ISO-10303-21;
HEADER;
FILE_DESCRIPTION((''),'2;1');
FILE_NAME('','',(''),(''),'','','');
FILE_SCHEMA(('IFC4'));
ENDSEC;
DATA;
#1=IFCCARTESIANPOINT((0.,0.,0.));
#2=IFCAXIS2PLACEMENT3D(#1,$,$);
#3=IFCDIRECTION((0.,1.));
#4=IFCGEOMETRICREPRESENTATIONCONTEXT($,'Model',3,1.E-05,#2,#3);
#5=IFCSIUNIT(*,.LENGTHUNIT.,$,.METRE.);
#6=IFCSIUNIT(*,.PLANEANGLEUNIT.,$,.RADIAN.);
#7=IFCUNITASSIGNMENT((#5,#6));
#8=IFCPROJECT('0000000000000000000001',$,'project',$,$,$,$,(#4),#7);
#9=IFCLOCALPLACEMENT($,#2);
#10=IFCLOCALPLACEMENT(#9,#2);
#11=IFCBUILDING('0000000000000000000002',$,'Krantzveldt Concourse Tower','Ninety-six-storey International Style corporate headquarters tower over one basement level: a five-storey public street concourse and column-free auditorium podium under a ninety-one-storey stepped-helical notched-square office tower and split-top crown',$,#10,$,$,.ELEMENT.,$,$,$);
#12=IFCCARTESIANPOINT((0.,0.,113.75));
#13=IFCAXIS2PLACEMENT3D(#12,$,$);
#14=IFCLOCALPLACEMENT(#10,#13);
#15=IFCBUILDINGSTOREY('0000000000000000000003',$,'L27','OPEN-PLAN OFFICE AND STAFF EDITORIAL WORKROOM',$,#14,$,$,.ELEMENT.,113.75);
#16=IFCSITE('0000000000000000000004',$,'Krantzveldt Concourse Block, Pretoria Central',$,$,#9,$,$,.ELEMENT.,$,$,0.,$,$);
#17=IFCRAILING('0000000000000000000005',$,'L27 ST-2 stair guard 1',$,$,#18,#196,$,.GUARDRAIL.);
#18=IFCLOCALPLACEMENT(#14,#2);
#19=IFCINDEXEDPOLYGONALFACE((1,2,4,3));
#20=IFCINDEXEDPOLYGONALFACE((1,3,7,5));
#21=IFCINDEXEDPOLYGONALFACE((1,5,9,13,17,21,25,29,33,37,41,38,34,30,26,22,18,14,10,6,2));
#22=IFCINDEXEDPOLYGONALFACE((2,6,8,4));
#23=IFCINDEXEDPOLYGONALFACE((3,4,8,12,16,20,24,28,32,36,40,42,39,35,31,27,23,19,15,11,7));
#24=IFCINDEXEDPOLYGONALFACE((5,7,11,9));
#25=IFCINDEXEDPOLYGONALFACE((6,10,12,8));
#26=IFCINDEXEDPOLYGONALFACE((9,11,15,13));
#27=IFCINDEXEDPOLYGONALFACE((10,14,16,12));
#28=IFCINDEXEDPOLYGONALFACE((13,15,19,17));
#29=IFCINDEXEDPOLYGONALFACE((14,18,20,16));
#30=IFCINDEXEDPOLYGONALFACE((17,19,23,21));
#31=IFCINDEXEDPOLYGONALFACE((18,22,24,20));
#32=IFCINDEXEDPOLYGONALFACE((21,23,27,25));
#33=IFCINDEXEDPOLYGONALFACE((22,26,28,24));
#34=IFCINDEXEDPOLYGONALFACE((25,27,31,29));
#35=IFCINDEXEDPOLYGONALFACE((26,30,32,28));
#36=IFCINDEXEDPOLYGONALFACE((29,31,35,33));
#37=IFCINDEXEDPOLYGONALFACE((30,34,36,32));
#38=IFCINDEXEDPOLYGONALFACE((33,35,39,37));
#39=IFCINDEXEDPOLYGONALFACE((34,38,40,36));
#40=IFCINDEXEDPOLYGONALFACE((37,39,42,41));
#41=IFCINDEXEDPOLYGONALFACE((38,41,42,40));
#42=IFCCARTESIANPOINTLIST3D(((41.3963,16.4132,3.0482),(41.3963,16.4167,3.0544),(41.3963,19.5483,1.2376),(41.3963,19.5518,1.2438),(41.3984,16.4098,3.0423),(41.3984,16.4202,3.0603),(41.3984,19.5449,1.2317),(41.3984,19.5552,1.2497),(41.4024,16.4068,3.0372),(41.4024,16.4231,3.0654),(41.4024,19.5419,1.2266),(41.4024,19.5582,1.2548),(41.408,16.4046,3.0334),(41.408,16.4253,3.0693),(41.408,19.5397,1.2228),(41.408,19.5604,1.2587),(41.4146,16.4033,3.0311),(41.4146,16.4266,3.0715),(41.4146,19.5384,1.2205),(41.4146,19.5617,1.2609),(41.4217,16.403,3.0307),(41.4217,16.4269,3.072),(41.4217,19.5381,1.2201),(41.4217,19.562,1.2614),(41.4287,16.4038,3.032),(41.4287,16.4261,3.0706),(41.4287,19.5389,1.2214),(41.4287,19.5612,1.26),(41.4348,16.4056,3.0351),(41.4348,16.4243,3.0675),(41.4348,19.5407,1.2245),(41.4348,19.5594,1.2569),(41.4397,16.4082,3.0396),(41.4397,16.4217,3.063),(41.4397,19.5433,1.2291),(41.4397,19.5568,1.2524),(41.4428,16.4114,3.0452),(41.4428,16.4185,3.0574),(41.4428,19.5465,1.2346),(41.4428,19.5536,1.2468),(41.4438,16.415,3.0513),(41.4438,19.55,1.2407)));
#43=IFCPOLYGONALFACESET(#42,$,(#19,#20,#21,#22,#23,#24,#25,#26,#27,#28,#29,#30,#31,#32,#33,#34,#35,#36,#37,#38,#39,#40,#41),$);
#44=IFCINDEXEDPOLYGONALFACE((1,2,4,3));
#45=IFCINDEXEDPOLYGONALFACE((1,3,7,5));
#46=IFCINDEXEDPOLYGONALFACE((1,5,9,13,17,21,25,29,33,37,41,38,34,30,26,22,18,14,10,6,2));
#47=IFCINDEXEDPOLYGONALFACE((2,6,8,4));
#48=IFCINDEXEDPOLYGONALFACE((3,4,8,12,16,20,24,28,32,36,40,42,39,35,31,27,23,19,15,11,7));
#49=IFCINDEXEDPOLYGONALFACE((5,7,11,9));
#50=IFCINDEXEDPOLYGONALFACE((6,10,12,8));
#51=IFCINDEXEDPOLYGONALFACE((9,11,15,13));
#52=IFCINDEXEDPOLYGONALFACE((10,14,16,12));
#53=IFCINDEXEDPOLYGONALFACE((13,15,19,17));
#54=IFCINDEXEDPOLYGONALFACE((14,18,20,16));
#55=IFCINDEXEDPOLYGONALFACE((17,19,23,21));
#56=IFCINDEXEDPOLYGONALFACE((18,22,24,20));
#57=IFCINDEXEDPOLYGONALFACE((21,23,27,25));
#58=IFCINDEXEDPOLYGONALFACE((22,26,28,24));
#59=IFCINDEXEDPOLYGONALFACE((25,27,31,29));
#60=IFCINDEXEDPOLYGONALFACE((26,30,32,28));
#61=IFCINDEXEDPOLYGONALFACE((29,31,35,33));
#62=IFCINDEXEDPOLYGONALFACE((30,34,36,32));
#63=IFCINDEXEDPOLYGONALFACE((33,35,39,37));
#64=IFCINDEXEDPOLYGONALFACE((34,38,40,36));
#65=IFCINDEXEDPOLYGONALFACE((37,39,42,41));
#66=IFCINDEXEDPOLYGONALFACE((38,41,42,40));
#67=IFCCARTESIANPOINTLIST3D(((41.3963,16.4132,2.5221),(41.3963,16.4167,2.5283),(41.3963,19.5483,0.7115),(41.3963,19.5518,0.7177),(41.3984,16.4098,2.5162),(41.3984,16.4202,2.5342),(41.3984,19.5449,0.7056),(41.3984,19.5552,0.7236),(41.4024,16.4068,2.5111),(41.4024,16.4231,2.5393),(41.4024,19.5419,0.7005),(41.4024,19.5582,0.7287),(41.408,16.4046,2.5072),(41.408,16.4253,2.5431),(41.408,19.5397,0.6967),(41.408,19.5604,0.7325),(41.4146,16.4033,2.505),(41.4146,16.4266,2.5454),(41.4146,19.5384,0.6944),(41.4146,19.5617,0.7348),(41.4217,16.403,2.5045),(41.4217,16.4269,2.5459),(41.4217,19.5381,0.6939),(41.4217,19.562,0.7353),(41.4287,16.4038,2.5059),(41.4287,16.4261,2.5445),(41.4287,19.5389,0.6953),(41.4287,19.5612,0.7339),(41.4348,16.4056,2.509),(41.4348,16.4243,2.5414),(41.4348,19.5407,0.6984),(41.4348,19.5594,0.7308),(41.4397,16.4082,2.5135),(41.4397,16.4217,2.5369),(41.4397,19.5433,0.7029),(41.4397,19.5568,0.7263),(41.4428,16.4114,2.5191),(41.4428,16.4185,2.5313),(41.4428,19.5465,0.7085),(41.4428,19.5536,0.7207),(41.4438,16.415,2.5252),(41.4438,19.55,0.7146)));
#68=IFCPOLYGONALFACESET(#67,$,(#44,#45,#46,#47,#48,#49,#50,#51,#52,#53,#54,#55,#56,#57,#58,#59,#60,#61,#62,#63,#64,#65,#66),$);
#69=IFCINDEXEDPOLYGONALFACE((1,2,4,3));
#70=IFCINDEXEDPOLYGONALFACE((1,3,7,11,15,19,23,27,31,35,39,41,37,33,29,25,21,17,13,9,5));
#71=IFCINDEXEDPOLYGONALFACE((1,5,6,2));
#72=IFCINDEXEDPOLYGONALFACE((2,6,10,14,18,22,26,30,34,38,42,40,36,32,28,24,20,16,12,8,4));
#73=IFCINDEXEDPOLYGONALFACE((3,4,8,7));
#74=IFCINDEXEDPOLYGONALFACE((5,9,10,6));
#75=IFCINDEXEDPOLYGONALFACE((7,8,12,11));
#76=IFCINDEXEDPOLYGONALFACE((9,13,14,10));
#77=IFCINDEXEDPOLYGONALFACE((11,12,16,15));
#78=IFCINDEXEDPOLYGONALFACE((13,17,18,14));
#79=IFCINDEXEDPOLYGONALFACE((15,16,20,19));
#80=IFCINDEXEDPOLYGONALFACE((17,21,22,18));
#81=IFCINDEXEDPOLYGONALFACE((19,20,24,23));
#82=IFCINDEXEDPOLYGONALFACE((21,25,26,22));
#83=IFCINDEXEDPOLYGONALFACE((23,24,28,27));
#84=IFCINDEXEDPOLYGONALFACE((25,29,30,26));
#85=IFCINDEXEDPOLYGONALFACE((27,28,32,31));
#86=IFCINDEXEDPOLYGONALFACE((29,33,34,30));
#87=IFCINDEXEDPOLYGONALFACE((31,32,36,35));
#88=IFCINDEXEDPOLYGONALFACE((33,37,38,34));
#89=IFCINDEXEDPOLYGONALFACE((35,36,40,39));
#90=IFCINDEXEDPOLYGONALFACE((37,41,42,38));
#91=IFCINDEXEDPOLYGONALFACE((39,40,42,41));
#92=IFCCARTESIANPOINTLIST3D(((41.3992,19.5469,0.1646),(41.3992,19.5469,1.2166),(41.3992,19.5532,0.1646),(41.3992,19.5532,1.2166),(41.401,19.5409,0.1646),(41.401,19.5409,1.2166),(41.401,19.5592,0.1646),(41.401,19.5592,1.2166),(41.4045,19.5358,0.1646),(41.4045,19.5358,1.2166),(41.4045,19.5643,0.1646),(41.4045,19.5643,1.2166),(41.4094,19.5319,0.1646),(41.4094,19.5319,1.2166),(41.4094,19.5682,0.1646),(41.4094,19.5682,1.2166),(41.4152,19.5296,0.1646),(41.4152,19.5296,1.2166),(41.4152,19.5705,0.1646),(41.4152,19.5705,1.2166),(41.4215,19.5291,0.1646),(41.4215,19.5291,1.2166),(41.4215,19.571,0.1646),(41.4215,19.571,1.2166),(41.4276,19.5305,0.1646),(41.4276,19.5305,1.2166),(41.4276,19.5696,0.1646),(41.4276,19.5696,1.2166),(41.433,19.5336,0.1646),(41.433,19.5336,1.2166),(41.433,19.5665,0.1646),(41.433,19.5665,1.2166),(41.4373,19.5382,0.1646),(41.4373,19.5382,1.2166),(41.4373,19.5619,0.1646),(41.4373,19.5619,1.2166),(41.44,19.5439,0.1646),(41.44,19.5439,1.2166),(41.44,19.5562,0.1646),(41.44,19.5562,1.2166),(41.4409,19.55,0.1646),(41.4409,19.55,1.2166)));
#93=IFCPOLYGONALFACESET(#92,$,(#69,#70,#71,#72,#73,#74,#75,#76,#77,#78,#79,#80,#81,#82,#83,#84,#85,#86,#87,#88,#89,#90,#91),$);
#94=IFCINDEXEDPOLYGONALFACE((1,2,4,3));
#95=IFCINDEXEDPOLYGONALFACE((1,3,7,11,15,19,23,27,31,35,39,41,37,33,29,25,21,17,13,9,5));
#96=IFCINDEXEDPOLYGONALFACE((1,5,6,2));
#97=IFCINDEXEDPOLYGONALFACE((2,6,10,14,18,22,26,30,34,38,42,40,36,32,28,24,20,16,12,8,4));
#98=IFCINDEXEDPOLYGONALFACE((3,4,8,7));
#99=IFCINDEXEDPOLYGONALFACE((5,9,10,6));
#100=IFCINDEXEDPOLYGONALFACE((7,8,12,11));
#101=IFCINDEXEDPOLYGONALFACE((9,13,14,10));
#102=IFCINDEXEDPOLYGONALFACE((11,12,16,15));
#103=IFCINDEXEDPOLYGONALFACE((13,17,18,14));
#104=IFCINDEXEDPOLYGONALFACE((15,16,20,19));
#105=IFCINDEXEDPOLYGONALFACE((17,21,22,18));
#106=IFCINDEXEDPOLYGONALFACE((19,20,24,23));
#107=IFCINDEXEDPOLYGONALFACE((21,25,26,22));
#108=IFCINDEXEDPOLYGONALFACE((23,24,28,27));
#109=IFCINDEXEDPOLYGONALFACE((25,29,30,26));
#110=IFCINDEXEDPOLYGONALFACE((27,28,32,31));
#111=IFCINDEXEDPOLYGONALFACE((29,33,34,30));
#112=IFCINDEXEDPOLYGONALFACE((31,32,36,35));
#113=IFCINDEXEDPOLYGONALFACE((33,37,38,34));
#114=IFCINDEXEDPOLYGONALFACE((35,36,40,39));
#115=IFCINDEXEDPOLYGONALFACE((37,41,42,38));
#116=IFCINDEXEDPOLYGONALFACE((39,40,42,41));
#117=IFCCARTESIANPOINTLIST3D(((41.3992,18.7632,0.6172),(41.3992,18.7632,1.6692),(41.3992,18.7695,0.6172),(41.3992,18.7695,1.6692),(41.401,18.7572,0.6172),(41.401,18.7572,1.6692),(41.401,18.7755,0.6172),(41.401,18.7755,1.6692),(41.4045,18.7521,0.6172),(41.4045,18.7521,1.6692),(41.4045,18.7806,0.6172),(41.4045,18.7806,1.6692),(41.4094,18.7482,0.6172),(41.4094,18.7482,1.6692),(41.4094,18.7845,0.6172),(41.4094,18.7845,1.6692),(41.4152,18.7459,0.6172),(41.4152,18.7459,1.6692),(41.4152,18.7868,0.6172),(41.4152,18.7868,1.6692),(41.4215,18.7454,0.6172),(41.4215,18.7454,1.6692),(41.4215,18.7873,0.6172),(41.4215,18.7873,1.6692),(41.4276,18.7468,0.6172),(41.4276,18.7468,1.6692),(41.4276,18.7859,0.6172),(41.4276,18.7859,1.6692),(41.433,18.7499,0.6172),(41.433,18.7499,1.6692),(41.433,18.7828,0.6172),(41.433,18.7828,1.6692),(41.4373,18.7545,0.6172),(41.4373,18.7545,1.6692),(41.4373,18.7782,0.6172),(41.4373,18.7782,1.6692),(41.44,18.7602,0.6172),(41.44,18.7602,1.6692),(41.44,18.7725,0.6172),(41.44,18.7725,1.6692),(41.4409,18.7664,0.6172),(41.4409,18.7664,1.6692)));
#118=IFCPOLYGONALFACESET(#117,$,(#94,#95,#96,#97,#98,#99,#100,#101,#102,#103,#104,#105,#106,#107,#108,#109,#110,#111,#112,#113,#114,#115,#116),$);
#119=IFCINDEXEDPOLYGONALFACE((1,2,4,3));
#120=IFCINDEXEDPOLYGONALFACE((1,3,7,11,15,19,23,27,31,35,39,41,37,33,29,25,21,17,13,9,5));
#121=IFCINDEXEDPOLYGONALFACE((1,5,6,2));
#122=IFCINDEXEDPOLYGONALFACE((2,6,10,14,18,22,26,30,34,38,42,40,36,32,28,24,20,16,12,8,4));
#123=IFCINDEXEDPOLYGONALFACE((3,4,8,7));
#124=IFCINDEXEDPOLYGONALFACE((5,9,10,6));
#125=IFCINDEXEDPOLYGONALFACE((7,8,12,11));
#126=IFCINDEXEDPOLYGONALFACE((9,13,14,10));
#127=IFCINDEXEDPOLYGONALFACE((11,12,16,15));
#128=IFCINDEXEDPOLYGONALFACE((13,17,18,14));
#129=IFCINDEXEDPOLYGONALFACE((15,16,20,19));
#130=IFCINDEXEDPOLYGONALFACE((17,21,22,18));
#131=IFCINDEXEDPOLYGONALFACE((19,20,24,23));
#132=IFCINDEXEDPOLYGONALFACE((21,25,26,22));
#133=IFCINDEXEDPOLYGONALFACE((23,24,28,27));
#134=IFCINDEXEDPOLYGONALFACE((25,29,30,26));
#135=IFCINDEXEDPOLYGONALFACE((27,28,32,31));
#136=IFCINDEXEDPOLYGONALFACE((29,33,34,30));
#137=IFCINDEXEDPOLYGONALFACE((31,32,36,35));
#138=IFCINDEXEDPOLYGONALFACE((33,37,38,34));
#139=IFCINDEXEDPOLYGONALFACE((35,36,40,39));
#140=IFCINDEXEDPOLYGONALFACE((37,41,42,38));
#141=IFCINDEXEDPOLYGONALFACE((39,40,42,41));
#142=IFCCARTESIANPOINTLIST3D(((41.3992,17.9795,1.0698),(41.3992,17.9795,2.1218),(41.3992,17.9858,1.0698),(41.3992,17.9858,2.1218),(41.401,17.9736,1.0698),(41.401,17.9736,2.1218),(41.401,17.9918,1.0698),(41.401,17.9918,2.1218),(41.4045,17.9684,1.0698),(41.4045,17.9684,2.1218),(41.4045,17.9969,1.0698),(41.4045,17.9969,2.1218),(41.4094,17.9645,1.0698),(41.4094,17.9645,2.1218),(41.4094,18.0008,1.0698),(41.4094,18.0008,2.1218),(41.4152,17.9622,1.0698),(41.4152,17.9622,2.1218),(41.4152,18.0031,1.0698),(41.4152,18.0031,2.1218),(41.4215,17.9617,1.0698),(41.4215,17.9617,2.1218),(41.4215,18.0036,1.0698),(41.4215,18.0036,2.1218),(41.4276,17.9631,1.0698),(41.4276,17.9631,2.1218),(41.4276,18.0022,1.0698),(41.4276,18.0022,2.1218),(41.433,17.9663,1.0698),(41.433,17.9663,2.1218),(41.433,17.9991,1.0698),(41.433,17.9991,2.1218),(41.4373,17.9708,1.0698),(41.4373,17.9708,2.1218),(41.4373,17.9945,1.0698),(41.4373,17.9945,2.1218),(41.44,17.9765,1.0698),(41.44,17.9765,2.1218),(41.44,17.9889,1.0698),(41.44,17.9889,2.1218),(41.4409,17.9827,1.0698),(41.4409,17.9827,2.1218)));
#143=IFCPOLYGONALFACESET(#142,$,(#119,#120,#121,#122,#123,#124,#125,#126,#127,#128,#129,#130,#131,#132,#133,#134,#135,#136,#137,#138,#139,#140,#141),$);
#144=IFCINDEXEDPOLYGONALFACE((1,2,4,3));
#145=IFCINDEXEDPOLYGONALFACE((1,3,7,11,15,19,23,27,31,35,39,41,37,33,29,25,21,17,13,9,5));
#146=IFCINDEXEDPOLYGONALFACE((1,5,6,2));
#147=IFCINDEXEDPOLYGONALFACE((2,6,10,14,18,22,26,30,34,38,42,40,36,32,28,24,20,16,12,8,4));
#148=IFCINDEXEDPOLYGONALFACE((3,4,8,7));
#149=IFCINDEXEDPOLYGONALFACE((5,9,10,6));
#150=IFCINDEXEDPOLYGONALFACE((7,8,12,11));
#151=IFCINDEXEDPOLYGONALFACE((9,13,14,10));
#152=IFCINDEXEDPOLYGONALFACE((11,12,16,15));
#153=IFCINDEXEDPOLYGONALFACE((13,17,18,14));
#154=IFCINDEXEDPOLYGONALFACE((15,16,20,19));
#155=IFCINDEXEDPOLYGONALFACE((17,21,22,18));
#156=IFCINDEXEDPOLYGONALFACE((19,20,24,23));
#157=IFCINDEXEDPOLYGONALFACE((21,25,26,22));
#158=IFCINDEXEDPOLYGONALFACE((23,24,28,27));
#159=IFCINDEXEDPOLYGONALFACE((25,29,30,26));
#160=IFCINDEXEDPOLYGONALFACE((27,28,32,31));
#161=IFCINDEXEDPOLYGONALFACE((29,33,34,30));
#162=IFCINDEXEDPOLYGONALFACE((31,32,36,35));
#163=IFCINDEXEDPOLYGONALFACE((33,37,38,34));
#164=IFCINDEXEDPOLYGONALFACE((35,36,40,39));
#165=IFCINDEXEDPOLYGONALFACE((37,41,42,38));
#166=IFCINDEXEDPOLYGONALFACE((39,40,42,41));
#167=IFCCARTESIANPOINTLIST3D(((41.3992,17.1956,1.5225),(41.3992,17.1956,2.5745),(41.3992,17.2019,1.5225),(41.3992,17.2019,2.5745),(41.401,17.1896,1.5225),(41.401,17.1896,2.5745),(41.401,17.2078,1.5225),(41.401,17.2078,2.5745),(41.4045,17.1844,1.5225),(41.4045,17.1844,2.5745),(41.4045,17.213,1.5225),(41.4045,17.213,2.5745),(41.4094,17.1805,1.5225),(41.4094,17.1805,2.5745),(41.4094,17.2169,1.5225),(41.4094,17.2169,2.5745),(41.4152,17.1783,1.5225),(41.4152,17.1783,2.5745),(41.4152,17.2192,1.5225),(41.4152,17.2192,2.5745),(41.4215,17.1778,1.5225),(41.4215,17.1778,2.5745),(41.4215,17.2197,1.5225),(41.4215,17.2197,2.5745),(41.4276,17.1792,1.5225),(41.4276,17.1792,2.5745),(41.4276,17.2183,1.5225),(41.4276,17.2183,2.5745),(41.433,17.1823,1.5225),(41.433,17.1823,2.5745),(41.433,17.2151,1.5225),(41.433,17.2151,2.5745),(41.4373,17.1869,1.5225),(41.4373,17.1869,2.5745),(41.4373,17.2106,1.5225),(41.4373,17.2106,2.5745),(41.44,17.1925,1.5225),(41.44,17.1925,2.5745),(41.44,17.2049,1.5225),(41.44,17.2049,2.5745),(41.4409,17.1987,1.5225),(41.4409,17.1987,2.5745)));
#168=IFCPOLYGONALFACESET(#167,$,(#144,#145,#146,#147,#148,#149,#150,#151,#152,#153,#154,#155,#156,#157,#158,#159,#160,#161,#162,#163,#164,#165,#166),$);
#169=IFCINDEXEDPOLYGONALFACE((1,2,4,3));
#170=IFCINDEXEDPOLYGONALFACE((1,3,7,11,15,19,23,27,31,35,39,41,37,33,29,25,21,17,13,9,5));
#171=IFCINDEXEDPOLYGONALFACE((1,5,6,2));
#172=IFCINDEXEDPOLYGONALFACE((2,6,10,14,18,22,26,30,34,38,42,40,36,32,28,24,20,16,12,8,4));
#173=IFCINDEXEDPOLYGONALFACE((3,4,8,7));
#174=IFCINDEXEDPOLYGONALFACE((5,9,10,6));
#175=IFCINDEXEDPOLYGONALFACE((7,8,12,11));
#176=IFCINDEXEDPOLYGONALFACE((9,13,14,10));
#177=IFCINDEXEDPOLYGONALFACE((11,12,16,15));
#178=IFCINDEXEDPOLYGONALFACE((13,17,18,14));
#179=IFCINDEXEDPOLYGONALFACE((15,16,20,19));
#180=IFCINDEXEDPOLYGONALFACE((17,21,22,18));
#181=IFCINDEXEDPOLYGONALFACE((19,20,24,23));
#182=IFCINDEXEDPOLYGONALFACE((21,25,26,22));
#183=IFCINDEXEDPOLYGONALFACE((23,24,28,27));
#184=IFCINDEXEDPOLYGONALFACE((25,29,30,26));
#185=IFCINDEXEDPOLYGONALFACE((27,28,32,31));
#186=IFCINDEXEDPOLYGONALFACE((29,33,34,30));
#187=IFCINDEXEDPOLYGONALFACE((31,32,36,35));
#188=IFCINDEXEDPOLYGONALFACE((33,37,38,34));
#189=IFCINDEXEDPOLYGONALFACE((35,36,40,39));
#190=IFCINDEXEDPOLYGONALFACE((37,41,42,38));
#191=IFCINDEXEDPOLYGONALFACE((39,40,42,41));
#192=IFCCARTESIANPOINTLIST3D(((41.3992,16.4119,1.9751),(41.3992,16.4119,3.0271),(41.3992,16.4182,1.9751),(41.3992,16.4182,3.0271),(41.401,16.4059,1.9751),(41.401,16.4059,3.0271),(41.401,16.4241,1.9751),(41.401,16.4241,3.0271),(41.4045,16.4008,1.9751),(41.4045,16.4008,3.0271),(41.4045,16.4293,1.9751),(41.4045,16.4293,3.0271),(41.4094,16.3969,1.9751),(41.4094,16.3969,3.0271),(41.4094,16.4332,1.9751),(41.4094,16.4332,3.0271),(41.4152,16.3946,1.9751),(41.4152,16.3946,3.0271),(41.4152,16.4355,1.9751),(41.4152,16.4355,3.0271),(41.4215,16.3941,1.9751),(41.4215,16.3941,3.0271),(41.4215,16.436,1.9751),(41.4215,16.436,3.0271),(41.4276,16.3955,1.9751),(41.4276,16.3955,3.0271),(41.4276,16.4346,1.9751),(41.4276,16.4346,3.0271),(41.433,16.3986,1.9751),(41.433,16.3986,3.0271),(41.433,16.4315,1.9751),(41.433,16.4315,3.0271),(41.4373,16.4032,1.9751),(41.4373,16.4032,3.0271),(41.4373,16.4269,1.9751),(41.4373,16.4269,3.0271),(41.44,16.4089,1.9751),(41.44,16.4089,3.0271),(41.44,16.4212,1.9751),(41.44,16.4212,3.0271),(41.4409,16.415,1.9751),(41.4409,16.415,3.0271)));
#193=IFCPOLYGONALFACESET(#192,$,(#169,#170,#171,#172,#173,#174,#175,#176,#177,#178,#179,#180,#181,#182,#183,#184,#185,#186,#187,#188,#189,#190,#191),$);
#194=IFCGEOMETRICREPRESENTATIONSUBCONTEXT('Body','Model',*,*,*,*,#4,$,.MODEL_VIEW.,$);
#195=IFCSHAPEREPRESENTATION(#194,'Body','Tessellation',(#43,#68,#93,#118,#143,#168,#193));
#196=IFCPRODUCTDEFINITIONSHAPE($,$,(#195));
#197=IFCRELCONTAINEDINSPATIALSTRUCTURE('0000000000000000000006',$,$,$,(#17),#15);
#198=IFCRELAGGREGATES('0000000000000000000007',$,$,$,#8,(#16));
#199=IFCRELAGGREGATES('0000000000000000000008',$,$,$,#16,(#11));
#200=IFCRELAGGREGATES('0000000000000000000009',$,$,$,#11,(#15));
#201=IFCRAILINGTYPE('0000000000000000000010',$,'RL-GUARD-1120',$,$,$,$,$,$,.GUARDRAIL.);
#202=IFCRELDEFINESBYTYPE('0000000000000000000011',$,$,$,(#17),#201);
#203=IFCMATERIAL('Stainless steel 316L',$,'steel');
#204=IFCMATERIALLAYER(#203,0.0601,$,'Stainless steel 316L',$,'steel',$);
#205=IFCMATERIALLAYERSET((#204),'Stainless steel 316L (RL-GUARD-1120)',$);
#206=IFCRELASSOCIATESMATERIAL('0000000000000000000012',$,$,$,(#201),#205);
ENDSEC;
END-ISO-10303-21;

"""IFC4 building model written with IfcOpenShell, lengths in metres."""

from ifc_helpers import new_model, si_unit, direction, frame, origin, origin_2d, place, context, subcontext, project, spatial, circle, extrude, material, layer, layer_set, type_object, element, save


model = new_model("IFC4")

# Units and contexts
model_context = context("Model", 3, precision=1e-05, world=origin(), true_north=direction((0.0, 1.0)))
body_context = subcontext(model_context, "Body", "Model", "MODEL_VIEW")
ifc_project = project(units=[si_unit("LENGTHUNIT", "METRE"), si_unit("PLANEANGLEUNIT", "RADIAN")], contexts=[model_context])

# Site, building, storey
site_placement = place(None, origin())
site = spatial("IfcSite", under=ifc_project, at=site_placement, Name="Krantzveldt Concourse Block, Pretoria Central", CompositionType="ELEMENT", RefElevation=0.0)
building_placement = place(site_placement, origin())
building = spatial("IfcBuilding", under=site, at=building_placement, Name="Krantzveldt Concourse Tower", Description="Ninety-six-storey International Style corporate headquarters tower over one basement level: a five-storey public street concourse and column-free auditorium podium under a ninety-one-storey stepped-helical notched-square office tower and split-top crown", CompositionType="ELEMENT")
storey_placement = place(building_placement, frame((0.0, 0.0, 113.75)))
storey = spatial("IfcBuildingStorey", under=building, at=storey_placement, Name="L27", Description="OPEN-PLAN OFFICE AND STAFF EDITORIAL WORKROOM", CompositionType="ELEMENT", Elevation=113.75)

# Shared definitions
ifc_material_1 = material(Name="Stainless steel 316L", Category="steel")

# Railing
ifc_layer_1 = layer(ifc_material_1, 0.0601, Name="Stainless steel 316L", Category="steel")
ifc_layer_set_1 = layer_set([ifc_layer_1], Name="Stainless steel 316L (RL-GUARD-1120)")
railing_type_1 = type_object("IfcRailingType", Name="RL-GUARD-1120", PredefinedType="GUARDRAIL", material=ifc_layer_set_1)
railing_1_placement = place(storey_placement, frame((41.4199, 19.55, 0.1646)))
element("IfcRailing", 1, at=railing_1_placement, inside=storey, type_object=railing_type_1, Name="L27 ST-2 stair guard 1", PredefinedType="GUARDRAIL", context=body_context, shape_type="SweptSolid", body=[
    extrude(circle(Radius=0.0239, at=origin_2d()), frame((0.0, 0.0, 1.0762), z_axis=(0.0, -0.86596, 0.500114), x_axis=(1.0, 0.0, 0.0)), (0.0, 0.0, 1.0), 3.6204),
    extrude(circle(Radius=0.0239, at=origin_2d()), frame((0.0, 0.0, 0.55), z_axis=(0.0, -0.86596, 0.500114), x_axis=(1.0, 0.0, 0.0)), (0.0, 0.0, 1.0), 3.6204),
    extrude(circle(Radius=0.021, at=origin_2d()), origin(), (0.0, 0.0, 1.0), 1.052),
    extrude(circle(Radius=0.021, at=origin_2d()), frame((0.0, -0.7837, 0.4526)), (0.0, 0.0, 1.0), 1.052),
    extrude(circle(Radius=0.021, at=origin_2d()), frame((0.0, -1.5674, 0.9053)), (0.0, 0.0, 1.0), 1.052),
    extrude(circle(Radius=0.021, at=origin_2d()), frame((0.0, -2.3513, 1.3579)), (0.0, 0.0, 1.0), 1.052),
    extrude(circle(Radius=0.021, at=origin_2d()), frame((0.0, -3.135, 1.8105)), (0.0, 0.0, 1.0), 1.052),
])

save(model, "model.ifc")
